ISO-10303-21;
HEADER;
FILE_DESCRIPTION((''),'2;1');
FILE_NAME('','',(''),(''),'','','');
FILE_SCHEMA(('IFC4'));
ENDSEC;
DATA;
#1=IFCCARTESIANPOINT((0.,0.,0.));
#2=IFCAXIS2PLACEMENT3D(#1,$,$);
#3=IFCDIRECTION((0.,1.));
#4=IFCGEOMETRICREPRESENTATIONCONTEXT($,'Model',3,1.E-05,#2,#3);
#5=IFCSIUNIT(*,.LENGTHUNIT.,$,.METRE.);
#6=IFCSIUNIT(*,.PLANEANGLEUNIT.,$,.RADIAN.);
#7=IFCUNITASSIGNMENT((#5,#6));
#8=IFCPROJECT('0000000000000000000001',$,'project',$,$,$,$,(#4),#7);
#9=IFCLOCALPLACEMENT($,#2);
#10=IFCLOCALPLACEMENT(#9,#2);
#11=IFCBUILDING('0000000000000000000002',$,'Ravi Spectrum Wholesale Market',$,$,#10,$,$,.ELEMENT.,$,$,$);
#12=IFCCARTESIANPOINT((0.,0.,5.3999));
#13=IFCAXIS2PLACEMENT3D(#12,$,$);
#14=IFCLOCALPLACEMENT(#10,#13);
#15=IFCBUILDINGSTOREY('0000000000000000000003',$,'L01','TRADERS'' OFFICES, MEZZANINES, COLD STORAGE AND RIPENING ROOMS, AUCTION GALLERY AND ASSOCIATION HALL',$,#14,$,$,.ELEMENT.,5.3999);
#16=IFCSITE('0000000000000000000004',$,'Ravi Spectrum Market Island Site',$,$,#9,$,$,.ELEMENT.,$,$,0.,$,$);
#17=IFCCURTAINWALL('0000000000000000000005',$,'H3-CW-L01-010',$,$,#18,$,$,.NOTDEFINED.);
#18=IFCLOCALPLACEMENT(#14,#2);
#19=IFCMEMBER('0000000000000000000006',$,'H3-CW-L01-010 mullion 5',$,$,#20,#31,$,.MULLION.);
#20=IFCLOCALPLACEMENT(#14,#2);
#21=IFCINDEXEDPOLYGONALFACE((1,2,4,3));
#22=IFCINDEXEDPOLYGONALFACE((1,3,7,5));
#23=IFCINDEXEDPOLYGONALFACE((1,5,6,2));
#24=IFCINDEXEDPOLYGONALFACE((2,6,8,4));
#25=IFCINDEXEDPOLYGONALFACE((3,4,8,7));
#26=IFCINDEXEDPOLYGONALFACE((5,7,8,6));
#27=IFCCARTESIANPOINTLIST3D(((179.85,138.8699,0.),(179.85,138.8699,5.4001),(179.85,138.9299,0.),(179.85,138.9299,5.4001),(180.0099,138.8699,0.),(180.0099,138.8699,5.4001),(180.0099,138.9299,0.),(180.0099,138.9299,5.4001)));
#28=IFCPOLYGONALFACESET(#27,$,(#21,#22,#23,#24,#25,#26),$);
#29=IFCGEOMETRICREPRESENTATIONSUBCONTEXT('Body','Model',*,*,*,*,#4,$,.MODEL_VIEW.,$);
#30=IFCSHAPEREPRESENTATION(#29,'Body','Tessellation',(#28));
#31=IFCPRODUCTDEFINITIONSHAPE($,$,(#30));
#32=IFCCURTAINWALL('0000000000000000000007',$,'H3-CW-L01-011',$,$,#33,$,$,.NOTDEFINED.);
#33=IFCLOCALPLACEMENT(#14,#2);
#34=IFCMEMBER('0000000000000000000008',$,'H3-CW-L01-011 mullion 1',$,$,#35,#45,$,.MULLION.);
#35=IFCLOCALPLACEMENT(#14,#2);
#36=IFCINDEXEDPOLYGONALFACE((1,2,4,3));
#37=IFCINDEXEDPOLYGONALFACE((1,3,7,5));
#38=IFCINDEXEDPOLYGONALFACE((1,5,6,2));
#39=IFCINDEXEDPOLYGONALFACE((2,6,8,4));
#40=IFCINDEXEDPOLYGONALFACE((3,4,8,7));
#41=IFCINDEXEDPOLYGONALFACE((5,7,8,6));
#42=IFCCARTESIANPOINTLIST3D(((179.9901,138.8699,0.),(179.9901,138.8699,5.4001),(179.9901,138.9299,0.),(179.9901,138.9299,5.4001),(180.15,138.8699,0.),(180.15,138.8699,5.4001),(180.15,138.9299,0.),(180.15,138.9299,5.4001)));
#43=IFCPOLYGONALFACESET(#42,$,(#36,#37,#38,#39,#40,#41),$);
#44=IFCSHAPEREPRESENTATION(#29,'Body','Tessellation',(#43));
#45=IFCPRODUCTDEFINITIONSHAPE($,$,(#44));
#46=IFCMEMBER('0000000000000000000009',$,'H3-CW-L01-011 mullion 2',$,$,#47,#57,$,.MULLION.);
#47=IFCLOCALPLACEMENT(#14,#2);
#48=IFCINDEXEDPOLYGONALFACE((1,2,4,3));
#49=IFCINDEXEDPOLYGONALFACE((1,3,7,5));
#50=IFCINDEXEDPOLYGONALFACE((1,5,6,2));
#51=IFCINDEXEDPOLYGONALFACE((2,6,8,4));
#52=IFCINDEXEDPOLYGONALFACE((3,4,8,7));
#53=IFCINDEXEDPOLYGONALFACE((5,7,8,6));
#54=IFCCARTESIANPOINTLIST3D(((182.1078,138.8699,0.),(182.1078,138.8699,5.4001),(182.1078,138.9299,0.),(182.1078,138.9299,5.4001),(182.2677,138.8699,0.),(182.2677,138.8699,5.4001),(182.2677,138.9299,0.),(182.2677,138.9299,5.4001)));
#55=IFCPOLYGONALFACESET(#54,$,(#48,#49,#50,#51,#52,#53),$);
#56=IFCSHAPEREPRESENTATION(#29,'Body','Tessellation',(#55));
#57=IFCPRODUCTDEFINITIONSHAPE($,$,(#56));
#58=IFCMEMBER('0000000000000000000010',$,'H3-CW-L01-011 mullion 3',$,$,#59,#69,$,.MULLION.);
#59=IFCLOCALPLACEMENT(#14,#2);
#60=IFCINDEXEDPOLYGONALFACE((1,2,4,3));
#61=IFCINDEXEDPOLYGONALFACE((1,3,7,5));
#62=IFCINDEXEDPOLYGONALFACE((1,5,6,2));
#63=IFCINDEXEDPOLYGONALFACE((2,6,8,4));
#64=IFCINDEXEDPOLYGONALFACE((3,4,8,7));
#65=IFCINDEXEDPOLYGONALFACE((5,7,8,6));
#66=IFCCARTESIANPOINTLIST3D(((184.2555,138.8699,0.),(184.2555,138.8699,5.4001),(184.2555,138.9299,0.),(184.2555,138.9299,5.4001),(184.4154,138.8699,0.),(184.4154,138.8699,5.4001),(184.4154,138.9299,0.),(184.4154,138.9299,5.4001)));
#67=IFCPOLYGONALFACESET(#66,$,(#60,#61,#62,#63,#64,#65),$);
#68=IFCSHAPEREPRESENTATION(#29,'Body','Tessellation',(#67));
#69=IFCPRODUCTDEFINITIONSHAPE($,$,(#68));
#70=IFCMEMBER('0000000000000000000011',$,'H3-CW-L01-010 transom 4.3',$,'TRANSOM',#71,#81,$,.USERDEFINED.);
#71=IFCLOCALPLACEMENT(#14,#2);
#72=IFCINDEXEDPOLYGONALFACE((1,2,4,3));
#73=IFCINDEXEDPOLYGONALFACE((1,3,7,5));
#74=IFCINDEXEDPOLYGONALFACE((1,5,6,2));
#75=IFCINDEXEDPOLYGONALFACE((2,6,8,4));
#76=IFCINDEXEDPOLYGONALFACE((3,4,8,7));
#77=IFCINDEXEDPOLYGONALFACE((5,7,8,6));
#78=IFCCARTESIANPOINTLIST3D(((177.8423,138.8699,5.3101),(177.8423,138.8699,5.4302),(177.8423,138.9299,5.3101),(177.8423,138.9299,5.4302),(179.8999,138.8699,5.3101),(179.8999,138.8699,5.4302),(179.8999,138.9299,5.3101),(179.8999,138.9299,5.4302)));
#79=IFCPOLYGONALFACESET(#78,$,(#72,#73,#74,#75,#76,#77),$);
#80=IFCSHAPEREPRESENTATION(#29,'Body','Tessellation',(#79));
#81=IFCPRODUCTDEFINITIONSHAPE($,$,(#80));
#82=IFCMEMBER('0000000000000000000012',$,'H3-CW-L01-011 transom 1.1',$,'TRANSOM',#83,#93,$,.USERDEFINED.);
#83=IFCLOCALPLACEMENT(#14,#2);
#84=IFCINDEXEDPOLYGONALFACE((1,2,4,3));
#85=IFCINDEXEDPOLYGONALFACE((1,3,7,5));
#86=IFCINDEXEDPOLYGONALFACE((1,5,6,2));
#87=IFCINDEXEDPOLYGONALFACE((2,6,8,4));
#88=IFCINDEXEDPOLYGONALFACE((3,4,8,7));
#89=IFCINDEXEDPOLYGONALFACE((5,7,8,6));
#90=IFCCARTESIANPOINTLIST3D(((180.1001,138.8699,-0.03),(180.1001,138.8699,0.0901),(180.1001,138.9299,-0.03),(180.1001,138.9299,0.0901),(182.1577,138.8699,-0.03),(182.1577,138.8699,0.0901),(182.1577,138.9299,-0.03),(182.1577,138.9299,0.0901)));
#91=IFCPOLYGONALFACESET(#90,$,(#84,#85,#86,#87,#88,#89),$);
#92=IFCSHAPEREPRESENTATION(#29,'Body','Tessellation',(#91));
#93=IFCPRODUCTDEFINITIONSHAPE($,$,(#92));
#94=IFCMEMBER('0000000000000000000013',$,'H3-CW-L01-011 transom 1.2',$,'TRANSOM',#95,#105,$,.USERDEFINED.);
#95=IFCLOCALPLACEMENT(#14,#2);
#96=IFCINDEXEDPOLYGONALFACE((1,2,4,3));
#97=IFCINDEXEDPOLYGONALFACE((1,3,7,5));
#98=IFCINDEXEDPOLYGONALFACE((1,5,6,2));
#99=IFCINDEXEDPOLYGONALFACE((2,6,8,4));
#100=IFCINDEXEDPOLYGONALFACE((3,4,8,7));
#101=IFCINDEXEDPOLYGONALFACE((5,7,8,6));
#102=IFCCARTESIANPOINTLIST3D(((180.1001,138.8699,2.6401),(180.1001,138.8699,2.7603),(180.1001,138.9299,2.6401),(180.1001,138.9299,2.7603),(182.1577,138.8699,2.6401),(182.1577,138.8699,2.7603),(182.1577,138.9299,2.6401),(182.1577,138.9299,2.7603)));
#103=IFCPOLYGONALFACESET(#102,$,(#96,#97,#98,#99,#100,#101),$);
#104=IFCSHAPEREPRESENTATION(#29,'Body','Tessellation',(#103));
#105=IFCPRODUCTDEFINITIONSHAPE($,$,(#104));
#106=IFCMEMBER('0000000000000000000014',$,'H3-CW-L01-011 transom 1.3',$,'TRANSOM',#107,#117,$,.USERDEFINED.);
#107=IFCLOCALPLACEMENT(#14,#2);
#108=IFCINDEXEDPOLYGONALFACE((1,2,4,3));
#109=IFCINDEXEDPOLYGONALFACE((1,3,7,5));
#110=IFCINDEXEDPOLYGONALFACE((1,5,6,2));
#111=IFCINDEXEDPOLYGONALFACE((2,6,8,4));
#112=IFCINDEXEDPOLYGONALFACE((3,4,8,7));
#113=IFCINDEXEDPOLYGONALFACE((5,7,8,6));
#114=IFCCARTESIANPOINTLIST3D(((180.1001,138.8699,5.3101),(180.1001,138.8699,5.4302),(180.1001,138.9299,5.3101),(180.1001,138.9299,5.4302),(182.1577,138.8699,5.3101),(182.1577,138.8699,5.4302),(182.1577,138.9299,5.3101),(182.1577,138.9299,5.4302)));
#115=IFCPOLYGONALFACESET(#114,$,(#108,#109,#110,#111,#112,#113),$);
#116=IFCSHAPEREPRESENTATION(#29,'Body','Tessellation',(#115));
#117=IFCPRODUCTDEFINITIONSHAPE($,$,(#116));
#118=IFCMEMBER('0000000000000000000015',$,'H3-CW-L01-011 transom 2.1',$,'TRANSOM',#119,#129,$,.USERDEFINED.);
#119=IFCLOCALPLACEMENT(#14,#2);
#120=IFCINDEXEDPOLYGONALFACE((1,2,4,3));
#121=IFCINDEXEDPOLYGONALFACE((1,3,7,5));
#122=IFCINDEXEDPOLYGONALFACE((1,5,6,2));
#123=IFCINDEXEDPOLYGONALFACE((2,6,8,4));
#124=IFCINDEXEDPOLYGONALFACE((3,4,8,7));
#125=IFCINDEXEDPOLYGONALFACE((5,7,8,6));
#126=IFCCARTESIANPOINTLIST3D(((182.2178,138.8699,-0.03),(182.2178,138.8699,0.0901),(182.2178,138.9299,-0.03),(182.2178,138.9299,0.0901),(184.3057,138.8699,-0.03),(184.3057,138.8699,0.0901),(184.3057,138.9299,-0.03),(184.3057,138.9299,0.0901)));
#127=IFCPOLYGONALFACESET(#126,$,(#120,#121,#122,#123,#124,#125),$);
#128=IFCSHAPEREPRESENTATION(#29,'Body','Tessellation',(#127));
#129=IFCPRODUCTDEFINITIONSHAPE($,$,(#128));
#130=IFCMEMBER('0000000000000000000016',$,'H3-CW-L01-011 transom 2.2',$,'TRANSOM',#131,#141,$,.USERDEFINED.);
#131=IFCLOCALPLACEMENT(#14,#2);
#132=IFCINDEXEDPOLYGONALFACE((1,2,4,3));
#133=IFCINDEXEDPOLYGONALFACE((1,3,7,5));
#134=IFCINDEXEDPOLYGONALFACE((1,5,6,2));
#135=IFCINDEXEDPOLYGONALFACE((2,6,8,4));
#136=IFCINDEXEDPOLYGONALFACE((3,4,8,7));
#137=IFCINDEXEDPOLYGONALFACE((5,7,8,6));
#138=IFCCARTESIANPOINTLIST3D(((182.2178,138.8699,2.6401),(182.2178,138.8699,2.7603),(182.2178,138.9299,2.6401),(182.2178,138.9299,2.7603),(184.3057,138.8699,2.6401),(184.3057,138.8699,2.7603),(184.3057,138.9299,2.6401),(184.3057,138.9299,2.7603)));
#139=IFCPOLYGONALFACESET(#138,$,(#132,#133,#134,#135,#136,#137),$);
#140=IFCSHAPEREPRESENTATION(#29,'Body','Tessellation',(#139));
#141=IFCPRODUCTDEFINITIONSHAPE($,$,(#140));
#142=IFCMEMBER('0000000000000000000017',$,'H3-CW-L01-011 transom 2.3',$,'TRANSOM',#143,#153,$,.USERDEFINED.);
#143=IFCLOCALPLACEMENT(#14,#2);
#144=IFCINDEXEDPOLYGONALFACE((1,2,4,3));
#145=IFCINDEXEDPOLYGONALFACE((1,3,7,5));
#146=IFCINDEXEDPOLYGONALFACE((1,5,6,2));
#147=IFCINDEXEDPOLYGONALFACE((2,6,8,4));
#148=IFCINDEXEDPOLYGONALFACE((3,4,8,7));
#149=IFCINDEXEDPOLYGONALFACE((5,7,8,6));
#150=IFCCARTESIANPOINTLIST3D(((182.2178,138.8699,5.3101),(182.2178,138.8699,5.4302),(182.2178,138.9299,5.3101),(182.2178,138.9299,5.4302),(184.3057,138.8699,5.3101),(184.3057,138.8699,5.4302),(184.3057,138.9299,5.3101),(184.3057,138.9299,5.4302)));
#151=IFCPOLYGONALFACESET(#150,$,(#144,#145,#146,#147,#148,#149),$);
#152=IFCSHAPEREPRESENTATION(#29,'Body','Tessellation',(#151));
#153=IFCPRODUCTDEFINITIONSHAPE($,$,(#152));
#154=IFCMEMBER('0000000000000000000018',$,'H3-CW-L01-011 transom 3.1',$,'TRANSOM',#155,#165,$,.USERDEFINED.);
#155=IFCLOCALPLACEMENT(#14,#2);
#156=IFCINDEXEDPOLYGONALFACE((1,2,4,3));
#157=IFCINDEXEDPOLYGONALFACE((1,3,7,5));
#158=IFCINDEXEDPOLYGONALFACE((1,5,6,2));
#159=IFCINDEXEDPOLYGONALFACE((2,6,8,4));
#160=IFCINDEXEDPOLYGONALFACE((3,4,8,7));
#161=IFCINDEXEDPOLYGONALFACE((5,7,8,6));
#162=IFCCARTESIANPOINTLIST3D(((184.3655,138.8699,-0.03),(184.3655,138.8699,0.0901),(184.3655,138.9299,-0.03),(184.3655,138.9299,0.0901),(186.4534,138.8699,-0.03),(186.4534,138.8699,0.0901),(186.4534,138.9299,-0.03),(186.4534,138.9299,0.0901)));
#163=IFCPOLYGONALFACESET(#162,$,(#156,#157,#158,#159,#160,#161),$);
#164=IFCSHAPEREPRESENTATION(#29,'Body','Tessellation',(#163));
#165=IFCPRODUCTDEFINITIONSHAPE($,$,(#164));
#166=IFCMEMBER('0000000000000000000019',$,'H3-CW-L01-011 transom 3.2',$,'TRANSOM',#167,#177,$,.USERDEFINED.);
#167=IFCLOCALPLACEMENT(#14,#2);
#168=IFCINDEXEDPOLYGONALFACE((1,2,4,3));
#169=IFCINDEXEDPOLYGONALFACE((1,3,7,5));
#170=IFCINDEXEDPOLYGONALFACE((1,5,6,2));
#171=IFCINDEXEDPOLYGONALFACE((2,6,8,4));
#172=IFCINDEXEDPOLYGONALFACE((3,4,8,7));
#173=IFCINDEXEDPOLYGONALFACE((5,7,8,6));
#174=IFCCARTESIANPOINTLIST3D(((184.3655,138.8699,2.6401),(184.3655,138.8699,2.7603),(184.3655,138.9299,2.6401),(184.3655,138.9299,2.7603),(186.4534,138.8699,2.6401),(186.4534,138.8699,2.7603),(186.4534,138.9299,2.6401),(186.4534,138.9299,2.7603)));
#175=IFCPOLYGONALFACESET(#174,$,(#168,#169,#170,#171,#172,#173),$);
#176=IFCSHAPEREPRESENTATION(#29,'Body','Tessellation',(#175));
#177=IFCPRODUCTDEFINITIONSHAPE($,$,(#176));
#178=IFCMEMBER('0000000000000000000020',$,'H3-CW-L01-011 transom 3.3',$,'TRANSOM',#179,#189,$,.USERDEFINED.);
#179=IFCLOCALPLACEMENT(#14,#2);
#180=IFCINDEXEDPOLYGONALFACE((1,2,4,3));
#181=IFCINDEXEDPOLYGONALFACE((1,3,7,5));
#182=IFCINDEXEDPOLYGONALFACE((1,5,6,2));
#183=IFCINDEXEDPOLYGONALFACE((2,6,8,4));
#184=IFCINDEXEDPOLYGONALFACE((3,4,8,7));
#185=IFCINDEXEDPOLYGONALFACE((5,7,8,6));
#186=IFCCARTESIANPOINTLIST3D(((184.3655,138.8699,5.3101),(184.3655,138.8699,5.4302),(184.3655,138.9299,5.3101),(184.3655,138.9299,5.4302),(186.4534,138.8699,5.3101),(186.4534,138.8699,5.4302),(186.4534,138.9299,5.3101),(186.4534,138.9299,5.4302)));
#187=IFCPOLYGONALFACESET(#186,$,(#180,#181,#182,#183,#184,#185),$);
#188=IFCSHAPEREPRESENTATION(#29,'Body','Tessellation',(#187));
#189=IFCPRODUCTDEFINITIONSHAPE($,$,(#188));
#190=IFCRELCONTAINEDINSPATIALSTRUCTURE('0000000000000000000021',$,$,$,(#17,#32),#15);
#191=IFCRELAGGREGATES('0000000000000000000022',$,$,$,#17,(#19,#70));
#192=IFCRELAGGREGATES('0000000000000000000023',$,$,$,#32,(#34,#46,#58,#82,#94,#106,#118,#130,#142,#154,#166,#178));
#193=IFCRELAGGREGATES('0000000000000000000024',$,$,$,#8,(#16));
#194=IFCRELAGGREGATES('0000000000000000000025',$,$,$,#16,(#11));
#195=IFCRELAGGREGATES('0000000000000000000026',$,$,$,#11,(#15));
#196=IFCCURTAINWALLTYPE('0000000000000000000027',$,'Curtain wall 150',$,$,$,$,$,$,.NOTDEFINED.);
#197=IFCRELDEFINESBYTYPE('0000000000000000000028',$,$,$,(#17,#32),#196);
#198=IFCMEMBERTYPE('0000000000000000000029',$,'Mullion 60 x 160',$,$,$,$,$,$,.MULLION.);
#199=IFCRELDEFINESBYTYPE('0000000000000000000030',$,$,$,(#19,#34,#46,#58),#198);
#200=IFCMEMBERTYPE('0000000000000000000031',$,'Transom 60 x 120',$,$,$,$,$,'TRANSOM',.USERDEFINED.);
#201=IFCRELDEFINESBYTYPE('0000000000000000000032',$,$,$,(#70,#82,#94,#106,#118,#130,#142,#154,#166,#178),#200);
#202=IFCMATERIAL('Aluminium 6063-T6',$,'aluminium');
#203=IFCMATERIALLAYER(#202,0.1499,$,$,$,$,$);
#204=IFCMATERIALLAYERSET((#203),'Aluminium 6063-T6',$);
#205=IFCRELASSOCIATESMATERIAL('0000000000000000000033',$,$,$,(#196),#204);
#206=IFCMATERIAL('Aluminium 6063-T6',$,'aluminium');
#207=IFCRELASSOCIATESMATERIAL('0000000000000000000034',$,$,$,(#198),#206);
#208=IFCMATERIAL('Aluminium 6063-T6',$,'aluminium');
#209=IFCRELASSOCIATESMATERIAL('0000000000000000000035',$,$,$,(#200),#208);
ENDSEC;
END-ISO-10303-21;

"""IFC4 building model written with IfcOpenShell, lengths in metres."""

from ifc_helpers import new_model, si_unit, direction, frame, origin, origin_2d, place, context, subcontext, project, spatial, rectangle, extrude, material, layer, layer_set, material_profile, profile_set, type_object, element, aggregate, save


model = new_model("IFC4")

# Units and contexts
model_context = context("Model", 3, precision=1e-05, world=origin(), true_north=direction((0.0, 1.0)))
body_context = subcontext(model_context, "Body", "Model", "MODEL_VIEW")
ifc_project = project(units=[si_unit("LENGTHUNIT", "METRE"), si_unit("PLANEANGLEUNIT", "RADIAN")], contexts=[model_context])

# Site, building, storey
site_placement = place(None, origin())
site = spatial("IfcSite", under=ifc_project, at=site_placement, Name="Ravi Spectrum Market Island Site", CompositionType="ELEMENT", RefElevation=0.0)
building_placement = place(site_placement, origin())
building = spatial("IfcBuilding", under=site, at=building_placement, Name="Ravi Spectrum Wholesale Market", CompositionType="ELEMENT")
storey_placement = place(building_placement, frame((0.0, 0.0, 5.3999)))
storey = spatial("IfcBuildingStorey", under=building, at=storey_placement, Name="L01", Description="TRADERS' OFFICES, MEZZANINES, COLD STORAGE AND RIPENING ROOMS, AUCTION GALLERY AND ASSOCIATION HALL", CompositionType="ELEMENT", Elevation=5.3999)

# Curtain wall, member
ifc_material_1 = material(Name="Aluminium 6063-T6", Category="aluminium")
ifc_layer_1 = layer(ifc_material_1, 0.1499)
ifc_layer_set_1 = layer_set([ifc_layer_1], Name="Aluminium 6063-T6")
curtain_wall_type = type_object("IfcCurtainWallType", Name="Curtain wall 150", PredefinedType="NOTDEFINED", material=ifc_layer_set_1)
curtain_wall_1_placement = place(storey_placement, origin())
curtain_wall_1 = element("IfcCurtainWall", 1, at=curtain_wall_1_placement, inside=storey, type_object=curtain_wall_type, Name="H3-CW-L01-010", PredefinedType="NOTDEFINED")
ifc_material_2 = material(Name="Aluminium 6063-T6", Category="aluminium")
ifc_material_profile_1 = material_profile(ifc_material_2, rectangle(XDim=0.0601, YDim=0.1599, at=origin_2d()))
ifc_profile_set_1 = profile_set([ifc_material_profile_1], Name="Aluminium 6063-T6")
member_type_1 = type_object("IfcMemberType", Name="Mullion 60 x 160", PredefinedType="MULLION", material=ifc_profile_set_1)
member_1_placement = place(storey_placement, frame((179.9299, 138.8999, 0.0), z_axis=(0.0, 0.0, 1.0), x_axis=(0.0, 1.0, 0.0)))
member_1 = element("IfcMember", 2, at=member_1_placement, type_object=member_type_1, Name="H3-CW-L01-010 mullion 5", PredefinedType="MULLION", context=body_context, shape_type="SweptSolid", body=[
    extrude(rectangle(XDim=0.0601, YDim=0.1599, at=origin_2d()), origin(), (0.0, 0.0, 1.0), 5.4001),
])

# Curtain wall, members
curtain_wall_2_placement = place(storey_placement, origin())
curtain_wall_2 = element("IfcCurtainWall", 3, at=curtain_wall_2_placement, inside=storey, type_object=curtain_wall_type, Name="H3-CW-L01-011", PredefinedType="NOTDEFINED")
member_2_placement = place(storey_placement, frame((180.0701, 138.8999, 0.0), z_axis=(0.0, 0.0, 1.0), x_axis=(0.0, 1.0, 0.0)))
member_2 = element("IfcMember", 4, at=member_2_placement, type_object=member_type_1, Name="H3-CW-L01-011 mullion 1", PredefinedType="MULLION", context=body_context, shape_type="SweptSolid", body=[
    extrude(rectangle(XDim=0.0601, YDim=0.1599, at=origin_2d()), origin(), (0.0, 0.0, 1.0), 5.4001),
])
member_3_placement = place(storey_placement, frame((182.1877, 138.8999, 0.0), z_axis=(0.0, 0.0, 1.0), x_axis=(0.0, 1.0, 0.0)))
member_3 = element("IfcMember", 5, at=member_3_placement, type_object=member_type_1, Name="H3-CW-L01-011 mullion 2", PredefinedType="MULLION", context=body_context, shape_type="SweptSolid", body=[
    extrude(rectangle(XDim=0.0601, YDim=0.1599, at=origin_2d()), origin(), (0.0, 0.0, 1.0), 5.4001),
])
member_4_placement = place(storey_placement, frame((184.3354, 138.8999, 0.0), z_axis=(0.0, 0.0, 1.0), x_axis=(0.0, 1.0, 0.0)))
member_4 = element("IfcMember", 6, at=member_4_placement, type_object=member_type_1, Name="H3-CW-L01-011 mullion 3", PredefinedType="MULLION", context=body_context, shape_type="SweptSolid", body=[
    extrude(rectangle(XDim=0.0601, YDim=0.1599, at=origin_2d()), origin(), (0.0, 0.0, 1.0), 5.4001),
])

# Members
ifc_material_3 = material(Name="Aluminium 6063-T6", Category="aluminium")
ifc_material_profile_2 = material_profile(ifc_material_3, rectangle(XDim=0.0601, YDim=0.1201, at=origin_2d()))
ifc_profile_set_2 = profile_set([ifc_material_profile_2], Name="Aluminium 6063-T6")
member_type_2 = type_object("IfcMemberType", Name="Transom 60 x 120", ElementType="TRANSOM", PredefinedType="USERDEFINED", material=ifc_profile_set_2)
member_5_placement = place(storey_placement, frame((177.8423, 138.8999, 5.3701), z_axis=(1.0, 0.0, 0.0), x_axis=(0.0, 1.0, 0.0)))
member_5 = element("IfcMember", 7, at=member_5_placement, type_object=member_type_2, Name="H3-CW-L01-010 transom 4.3", ObjectType="TRANSOM", PredefinedType="USERDEFINED", context=body_context, shape_type="SweptSolid", body=[
    extrude(rectangle(XDim=0.0601, YDim=0.1201, at=origin_2d()), origin(), (0.0, 0.0, 1.0), 2.0576),
])
member_6_placement = place(storey_placement, frame((180.1001, 138.8999, 0.03), z_axis=(1.0, 0.0, 0.0), x_axis=(0.0, 1.0, 0.0)))
member_6 = element("IfcMember", 8, at=member_6_placement, type_object=member_type_2, Name="H3-CW-L01-011 transom 1.1", ObjectType="TRANSOM", PredefinedType="USERDEFINED", context=body_context, shape_type="SweptSolid", body=[
    extrude(rectangle(XDim=0.0601, YDim=0.1201, at=origin_2d()), origin(), (0.0, 0.0, 1.0), 2.0576),
])
member_7_placement = place(storey_placement, frame((180.1001, 138.8999, 2.7002), z_axis=(1.0, 0.0, 0.0), x_axis=(0.0, 1.0, 0.0)))
member_7 = element("IfcMember", 9, at=member_7_placement, type_object=member_type_2, Name="H3-CW-L01-011 transom 1.2", ObjectType="TRANSOM", PredefinedType="USERDEFINED", context=body_context, shape_type="SweptSolid", body=[
    extrude(rectangle(XDim=0.0601, YDim=0.1201, at=origin_2d()), origin(), (0.0, 0.0, 1.0), 2.0576),
])
member_8_placement = place(storey_placement, frame((180.1001, 138.8999, 5.3701), z_axis=(1.0, 0.0, 0.0), x_axis=(0.0, 1.0, 0.0)))
member_8 = element("IfcMember", 10, at=member_8_placement, type_object=member_type_2, Name="H3-CW-L01-011 transom 1.3", ObjectType="TRANSOM", PredefinedType="USERDEFINED", context=body_context, shape_type="SweptSolid", body=[
    extrude(rectangle(XDim=0.0601, YDim=0.1201, at=origin_2d()), origin(), (0.0, 0.0, 1.0), 2.0576),
])
member_9_placement = place(storey_placement, frame((182.2178, 138.8999, 0.03), z_axis=(1.0, 0.0, 0.0), x_axis=(0.0, 1.0, 0.0)))
member_9 = element("IfcMember", 11, at=member_9_placement, type_object=member_type_2, Name="H3-CW-L01-011 transom 2.1", ObjectType="TRANSOM", PredefinedType="USERDEFINED", context=body_context, shape_type="SweptSolid", body=[
    extrude(rectangle(XDim=0.0601, YDim=0.1201, at=origin_2d()), origin(), (0.0, 0.0, 1.0), 2.0879),
])
member_10_placement = place(storey_placement, frame((182.2178, 138.8999, 2.7002), z_axis=(1.0, 0.0, 0.0), x_axis=(0.0, 1.0, 0.0)))
member_10 = element("IfcMember", 12, at=member_10_placement, type_object=member_type_2, Name="H3-CW-L01-011 transom 2.2", ObjectType="TRANSOM", PredefinedType="USERDEFINED", context=body_context, shape_type="SweptSolid", body=[
    extrude(rectangle(XDim=0.0601, YDim=0.1201, at=origin_2d()), origin(), (0.0, 0.0, 1.0), 2.0879),
])
member_11_placement = place(storey_placement, frame((182.2178, 138.8999, 5.3701), z_axis=(1.0, 0.0, 0.0), x_axis=(0.0, 1.0, 0.0)))
member_11 = element("IfcMember", 13, at=member_11_placement, type_object=member_type_2, Name="H3-CW-L01-011 transom 2.3", ObjectType="TRANSOM", PredefinedType="USERDEFINED", context=body_context, shape_type="SweptSolid", body=[
    extrude(rectangle(XDim=0.0601, YDim=0.1201, at=origin_2d()), origin(), (0.0, 0.0, 1.0), 2.0879),
])
member_12_placement = place(storey_placement, frame((184.3655, 138.8999, 0.03), z_axis=(1.0, 0.0, 0.0), x_axis=(0.0, 1.0, 0.0)))
member_12 = element("IfcMember", 14, at=member_12_placement, type_object=member_type_2, Name="H3-CW-L01-011 transom 3.1", ObjectType="TRANSOM", PredefinedType="USERDEFINED", context=body_context, shape_type="SweptSolid", body=[
    extrude(rectangle(XDim=0.0601, YDim=0.1201, at=origin_2d()), origin(), (0.0, 0.0, 1.0), 2.0879),
])
member_13_placement = place(storey_placement, frame((184.3655, 138.8999, 2.7002), z_axis=(1.0, 0.0, 0.0), x_axis=(0.0, 1.0, 0.0)))
member_13 = element("IfcMember", 15, at=member_13_placement, type_object=member_type_2, Name="H3-CW-L01-011 transom 3.2", ObjectType="TRANSOM", PredefinedType="USERDEFINED", context=body_context, shape_type="SweptSolid", body=[
    extrude(rectangle(XDim=0.0601, YDim=0.1201, at=origin_2d()), origin(), (0.0, 0.0, 1.0), 2.0879),
])
member_14_placement = place(storey_placement, frame((184.3655, 138.8999, 5.3701), z_axis=(1.0, 0.0, 0.0), x_axis=(0.0, 1.0, 0.0)))
member_14 = element("IfcMember", 16, at=member_14_placement, type_object=member_type_2, Name="H3-CW-L01-011 transom 3.3", ObjectType="TRANSOM", PredefinedType="USERDEFINED", context=body_context, shape_type="SweptSolid", body=[
    extrude(rectangle(XDim=0.0601, YDim=0.1201, at=origin_2d()), origin(), (0.0, 0.0, 1.0), 2.0879),
])

aggregate(curtain_wall_1, [member_1, member_5])
aggregate(curtain_wall_2, [member_2, member_3, member_4, member_6, member_7, member_8, member_9, member_10, member_11, member_12, member_13, member_14])

save(model, "model.ifc")
